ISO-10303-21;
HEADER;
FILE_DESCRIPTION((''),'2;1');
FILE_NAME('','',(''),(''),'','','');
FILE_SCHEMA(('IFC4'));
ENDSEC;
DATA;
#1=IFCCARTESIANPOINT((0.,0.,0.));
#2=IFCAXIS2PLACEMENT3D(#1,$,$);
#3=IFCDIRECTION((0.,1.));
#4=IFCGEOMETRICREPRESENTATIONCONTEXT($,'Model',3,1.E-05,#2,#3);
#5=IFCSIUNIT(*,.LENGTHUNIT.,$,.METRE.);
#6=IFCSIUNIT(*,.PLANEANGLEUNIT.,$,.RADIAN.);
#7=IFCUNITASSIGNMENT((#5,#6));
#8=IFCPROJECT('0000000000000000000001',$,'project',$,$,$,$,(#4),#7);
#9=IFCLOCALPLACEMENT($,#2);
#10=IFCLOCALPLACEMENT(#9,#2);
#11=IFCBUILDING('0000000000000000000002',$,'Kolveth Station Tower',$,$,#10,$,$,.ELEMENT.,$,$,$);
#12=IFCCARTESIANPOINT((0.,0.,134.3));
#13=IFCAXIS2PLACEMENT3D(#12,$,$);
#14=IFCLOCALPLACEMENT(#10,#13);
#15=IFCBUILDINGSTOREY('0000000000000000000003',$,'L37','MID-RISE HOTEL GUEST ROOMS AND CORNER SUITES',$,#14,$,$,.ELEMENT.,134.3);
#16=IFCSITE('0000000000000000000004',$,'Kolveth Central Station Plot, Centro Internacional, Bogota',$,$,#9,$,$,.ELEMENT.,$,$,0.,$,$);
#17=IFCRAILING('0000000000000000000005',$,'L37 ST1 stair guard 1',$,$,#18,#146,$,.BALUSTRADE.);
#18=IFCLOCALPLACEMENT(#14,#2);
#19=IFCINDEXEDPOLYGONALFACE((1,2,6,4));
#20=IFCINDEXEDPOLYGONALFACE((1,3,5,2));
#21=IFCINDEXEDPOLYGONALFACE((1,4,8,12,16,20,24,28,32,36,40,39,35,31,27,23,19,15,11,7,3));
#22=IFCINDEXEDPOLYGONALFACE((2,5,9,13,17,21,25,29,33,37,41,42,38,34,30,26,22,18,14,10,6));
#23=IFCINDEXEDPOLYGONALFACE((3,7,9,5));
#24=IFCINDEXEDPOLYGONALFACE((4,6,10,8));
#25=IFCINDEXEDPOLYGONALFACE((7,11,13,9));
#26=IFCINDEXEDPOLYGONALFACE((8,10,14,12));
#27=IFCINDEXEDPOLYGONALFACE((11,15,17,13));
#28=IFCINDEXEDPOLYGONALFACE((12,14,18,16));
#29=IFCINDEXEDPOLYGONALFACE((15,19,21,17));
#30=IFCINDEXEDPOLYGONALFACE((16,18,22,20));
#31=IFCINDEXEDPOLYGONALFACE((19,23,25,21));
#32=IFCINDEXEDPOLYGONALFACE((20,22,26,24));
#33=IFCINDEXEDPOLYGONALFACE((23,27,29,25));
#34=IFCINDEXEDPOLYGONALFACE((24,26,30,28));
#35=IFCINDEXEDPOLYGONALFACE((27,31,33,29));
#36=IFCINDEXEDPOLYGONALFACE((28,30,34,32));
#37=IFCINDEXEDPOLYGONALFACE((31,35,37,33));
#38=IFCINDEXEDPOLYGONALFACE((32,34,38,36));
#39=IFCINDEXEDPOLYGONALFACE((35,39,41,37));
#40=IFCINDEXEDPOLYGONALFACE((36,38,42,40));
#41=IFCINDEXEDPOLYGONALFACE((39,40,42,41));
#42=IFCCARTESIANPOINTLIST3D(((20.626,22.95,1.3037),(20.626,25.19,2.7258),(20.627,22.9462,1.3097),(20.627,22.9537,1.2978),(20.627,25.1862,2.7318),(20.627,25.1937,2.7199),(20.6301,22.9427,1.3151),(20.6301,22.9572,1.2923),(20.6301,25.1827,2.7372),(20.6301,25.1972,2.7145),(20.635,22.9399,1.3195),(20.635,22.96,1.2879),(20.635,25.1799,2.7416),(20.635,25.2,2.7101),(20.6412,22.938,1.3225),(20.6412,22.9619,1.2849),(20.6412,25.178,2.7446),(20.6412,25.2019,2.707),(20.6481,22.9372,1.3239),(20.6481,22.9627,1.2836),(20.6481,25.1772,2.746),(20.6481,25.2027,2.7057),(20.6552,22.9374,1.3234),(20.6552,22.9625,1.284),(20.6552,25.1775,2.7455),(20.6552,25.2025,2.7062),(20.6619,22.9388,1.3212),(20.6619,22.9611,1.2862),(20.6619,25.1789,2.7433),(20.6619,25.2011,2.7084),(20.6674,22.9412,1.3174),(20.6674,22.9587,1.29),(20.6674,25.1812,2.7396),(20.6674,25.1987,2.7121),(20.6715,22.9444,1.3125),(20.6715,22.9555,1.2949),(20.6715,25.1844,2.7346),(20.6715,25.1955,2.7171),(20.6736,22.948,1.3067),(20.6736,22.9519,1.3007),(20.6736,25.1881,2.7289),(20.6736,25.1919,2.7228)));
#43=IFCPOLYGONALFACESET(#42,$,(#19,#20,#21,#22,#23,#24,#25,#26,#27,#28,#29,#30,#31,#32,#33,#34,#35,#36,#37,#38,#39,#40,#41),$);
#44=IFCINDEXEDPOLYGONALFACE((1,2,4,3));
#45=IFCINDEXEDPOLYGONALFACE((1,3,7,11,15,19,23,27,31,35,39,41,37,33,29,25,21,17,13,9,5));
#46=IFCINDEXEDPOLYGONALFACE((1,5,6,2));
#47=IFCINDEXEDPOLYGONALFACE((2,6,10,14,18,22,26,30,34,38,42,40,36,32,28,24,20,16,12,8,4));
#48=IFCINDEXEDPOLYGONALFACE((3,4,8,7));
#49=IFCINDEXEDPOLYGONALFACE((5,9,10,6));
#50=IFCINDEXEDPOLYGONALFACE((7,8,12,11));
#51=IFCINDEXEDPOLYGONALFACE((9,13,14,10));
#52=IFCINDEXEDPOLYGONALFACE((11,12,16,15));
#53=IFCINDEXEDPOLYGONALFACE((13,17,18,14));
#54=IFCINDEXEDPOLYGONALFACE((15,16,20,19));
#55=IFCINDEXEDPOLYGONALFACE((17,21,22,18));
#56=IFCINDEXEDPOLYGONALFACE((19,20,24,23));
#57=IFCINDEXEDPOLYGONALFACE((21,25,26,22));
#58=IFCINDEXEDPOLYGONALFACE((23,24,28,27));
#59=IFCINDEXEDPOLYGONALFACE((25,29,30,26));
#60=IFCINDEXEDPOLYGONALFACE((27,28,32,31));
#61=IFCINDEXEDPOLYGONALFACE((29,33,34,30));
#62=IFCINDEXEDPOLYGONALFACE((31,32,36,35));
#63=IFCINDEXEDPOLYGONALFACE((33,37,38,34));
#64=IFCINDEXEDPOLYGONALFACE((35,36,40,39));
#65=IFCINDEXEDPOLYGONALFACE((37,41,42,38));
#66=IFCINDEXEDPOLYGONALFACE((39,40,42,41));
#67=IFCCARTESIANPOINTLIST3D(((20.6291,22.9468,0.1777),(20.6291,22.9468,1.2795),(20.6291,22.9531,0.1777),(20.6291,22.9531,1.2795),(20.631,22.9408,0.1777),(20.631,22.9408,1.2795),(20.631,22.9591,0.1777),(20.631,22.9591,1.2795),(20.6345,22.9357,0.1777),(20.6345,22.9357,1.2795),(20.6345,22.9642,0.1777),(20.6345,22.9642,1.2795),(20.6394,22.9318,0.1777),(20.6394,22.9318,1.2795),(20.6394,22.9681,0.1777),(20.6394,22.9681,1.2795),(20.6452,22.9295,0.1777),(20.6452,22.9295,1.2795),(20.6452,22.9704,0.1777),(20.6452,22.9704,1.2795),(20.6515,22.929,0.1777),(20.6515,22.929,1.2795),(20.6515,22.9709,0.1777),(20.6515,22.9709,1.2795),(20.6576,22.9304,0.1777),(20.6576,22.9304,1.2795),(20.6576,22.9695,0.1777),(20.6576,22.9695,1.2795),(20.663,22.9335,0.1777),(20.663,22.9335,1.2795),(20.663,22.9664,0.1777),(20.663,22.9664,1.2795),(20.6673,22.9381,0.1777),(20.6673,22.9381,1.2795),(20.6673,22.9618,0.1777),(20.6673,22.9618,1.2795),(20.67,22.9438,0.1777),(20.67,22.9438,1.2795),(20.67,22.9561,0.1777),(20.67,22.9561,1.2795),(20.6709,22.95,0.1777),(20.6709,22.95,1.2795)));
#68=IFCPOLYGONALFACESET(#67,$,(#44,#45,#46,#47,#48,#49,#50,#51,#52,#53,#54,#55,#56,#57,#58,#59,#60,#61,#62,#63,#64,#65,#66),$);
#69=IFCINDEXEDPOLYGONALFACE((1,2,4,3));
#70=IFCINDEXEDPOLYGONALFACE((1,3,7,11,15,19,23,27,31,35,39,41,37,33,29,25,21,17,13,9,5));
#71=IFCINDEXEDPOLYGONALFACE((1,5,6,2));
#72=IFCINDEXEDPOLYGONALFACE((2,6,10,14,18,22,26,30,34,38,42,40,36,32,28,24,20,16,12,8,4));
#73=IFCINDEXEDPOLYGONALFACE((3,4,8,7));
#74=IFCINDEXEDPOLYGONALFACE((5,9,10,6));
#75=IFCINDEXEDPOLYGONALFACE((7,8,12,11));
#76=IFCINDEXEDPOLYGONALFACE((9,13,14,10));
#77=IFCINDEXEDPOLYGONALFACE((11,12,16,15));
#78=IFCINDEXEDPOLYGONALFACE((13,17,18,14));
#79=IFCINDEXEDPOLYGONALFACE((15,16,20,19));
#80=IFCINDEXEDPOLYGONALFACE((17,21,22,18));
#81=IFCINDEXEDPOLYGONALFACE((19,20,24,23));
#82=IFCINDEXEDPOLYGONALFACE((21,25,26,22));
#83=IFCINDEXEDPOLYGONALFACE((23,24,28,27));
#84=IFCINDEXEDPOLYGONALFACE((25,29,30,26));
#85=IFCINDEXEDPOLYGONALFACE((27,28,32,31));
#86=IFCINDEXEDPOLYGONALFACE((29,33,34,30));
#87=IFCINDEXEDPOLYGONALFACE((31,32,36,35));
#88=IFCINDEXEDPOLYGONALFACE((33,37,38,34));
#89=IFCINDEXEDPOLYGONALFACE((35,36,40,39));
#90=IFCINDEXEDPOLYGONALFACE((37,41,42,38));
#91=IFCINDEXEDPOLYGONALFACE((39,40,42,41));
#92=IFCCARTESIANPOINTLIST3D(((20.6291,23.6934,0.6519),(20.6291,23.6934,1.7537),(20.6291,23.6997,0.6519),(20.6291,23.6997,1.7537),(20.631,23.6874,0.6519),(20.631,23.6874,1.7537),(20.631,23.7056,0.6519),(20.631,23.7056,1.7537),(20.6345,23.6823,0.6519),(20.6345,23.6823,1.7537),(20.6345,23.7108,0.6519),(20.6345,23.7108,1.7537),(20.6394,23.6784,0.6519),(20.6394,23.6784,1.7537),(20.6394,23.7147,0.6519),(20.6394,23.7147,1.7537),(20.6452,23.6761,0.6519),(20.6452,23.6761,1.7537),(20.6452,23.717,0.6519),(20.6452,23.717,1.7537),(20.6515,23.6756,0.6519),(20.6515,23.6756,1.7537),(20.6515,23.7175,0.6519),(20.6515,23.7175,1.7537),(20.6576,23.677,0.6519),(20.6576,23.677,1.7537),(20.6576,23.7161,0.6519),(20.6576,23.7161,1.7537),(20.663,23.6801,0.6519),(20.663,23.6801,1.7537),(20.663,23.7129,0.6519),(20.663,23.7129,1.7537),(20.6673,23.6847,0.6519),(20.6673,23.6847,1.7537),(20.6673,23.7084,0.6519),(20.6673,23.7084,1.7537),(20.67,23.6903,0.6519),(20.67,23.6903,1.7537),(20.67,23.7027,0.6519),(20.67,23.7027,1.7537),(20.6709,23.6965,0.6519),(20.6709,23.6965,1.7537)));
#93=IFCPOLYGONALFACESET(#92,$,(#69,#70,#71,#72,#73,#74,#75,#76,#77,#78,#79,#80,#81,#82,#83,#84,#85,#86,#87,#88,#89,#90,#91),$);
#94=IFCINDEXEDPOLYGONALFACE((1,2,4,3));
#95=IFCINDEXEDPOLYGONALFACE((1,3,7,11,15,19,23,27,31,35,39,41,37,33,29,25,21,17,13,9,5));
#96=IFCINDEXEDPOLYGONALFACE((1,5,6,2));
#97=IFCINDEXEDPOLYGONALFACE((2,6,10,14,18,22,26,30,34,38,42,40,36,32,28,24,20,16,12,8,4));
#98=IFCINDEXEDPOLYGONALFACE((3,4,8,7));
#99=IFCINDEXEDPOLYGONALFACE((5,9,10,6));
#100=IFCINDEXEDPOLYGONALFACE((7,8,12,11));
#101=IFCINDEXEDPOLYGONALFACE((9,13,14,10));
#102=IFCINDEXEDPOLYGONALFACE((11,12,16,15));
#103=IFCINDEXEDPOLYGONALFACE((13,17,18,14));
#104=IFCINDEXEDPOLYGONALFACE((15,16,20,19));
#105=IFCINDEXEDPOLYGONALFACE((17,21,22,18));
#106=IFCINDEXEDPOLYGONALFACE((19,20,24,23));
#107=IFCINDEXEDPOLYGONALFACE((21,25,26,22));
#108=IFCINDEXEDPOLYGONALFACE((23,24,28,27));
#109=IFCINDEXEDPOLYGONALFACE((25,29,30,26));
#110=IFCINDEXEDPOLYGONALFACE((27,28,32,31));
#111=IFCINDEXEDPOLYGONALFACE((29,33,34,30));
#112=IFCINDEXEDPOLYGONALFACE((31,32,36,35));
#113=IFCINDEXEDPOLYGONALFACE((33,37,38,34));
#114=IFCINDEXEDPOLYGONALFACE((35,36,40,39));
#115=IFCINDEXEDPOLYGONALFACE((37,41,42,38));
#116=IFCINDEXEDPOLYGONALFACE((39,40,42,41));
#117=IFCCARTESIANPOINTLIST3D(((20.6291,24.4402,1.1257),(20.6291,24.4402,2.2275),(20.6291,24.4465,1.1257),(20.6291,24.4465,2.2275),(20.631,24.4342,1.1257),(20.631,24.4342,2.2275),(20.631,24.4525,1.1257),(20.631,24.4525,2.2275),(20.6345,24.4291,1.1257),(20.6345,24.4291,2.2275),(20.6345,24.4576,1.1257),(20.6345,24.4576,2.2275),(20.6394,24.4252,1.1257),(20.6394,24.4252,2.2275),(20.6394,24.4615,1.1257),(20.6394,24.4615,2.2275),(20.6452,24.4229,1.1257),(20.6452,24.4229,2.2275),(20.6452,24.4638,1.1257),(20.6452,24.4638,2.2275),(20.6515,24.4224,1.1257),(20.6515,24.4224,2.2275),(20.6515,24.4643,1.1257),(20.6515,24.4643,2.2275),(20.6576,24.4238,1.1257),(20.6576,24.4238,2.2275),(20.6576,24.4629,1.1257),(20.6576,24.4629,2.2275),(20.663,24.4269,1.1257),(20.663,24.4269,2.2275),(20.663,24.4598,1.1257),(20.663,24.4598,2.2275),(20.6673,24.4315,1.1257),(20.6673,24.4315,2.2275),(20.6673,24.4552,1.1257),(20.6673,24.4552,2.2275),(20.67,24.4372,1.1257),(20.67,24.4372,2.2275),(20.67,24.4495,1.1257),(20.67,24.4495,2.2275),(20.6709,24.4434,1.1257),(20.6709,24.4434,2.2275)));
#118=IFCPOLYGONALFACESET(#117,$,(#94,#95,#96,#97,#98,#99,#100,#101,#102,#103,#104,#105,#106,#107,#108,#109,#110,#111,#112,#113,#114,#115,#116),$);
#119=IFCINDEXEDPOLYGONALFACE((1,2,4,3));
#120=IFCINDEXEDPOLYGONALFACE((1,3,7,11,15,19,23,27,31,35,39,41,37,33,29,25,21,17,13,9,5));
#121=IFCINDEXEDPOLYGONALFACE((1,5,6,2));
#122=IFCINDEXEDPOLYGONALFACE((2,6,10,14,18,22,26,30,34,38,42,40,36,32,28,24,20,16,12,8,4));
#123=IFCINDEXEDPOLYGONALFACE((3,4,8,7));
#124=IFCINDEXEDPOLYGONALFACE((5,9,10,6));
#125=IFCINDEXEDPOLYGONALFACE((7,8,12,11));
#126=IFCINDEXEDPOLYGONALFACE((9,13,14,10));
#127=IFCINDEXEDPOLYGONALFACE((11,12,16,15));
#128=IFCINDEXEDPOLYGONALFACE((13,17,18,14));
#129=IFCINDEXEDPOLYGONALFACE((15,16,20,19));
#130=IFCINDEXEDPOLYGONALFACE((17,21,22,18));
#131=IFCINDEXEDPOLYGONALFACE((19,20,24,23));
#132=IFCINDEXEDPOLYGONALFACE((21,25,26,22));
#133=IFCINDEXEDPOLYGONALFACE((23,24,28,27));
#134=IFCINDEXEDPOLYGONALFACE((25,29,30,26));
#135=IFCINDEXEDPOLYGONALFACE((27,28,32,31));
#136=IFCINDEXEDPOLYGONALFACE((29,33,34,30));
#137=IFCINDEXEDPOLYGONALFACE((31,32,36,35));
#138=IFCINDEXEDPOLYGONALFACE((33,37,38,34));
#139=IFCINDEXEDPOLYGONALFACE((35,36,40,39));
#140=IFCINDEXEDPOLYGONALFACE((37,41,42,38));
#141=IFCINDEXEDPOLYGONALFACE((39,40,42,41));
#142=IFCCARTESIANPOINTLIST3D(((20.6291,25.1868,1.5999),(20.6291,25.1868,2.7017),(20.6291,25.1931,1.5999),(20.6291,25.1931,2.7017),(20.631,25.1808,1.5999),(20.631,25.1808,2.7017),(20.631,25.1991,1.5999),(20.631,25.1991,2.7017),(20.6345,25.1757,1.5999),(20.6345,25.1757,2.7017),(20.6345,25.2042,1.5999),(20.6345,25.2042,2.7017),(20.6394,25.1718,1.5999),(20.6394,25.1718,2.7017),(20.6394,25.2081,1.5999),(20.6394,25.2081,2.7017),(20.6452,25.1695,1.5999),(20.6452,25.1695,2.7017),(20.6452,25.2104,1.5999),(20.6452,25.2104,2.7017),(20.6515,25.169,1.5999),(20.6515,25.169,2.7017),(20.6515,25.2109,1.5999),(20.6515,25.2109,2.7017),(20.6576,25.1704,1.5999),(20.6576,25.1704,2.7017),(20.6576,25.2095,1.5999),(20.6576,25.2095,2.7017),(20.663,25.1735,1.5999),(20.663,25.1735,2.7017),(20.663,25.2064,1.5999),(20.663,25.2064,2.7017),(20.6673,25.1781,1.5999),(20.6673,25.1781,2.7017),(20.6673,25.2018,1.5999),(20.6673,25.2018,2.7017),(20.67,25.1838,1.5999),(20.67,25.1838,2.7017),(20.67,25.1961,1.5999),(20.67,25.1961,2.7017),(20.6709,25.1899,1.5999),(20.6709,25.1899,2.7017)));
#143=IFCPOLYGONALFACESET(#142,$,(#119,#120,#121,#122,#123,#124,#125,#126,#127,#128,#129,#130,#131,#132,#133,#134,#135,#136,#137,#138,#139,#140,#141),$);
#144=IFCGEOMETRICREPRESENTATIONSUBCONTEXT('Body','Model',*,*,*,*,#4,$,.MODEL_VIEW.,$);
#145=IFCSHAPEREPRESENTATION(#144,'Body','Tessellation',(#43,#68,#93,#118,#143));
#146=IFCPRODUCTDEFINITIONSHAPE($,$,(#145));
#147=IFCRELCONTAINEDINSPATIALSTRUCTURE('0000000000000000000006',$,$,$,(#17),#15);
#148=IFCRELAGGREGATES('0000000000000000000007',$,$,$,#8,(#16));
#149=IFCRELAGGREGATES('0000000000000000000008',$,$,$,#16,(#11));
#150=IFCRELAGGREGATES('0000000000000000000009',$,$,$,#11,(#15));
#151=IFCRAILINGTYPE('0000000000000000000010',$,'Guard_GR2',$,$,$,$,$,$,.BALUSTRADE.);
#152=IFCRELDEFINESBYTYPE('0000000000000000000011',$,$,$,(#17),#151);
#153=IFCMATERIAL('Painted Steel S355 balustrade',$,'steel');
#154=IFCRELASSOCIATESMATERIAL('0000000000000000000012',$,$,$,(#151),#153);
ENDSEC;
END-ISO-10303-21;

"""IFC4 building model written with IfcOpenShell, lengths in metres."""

from ifc_helpers import new_model, si_unit, direction, frame, origin, origin_2d, place, context, subcontext, project, spatial, circle, extrude, material, type_object, element, save


model = new_model("IFC4")

# Units and contexts
model_context = context("Model", 3, precision=1e-05, world=origin(), true_north=direction((0.0, 1.0)))
body_context = subcontext(model_context, "Body", "Model", "MODEL_VIEW")
ifc_project = project(units=[si_unit("LENGTHUNIT", "METRE"), si_unit("PLANEANGLEUNIT", "RADIAN")], contexts=[model_context])

# Site, building, storey
site_placement = place(None, origin())
site = spatial("IfcSite", under=ifc_project, at=site_placement, Name="Kolveth Central Station Plot, Centro Internacional, Bogota", CompositionType="ELEMENT", RefElevation=0.0)
building_placement = place(site_placement, origin())
building = spatial("IfcBuilding", under=site, at=building_placement, Name="Kolveth Station Tower", CompositionType="ELEMENT")
storey_placement = place(building_placement, frame((0.0, 0.0, 134.3)))
storey = spatial("IfcBuildingStorey", under=building, at=storey_placement, Name="L37", Description="MID-RISE HOTEL GUEST ROOMS AND CORNER SUITES", CompositionType="ELEMENT", Elevation=134.3)

# Railing
ifc_material_1 = material(Name="Painted Steel S355 balustrade", Category="steel")
railing_type_1 = type_object("IfcRailingType", Name="Guard_GR2", PredefinedType="BALUSTRADE", material=ifc_material_1)
railing_1_placement = place(storey_placement, frame((20.6499, 22.95, 0.1777)))
element("IfcRailing", 1, at=railing_1_placement, inside=storey, type_object=railing_type_1, Name="L37 ST1 stair guard 1", PredefinedType="BALUSTRADE", context=body_context, shape_type="SweptSolid", body=[
    extrude(circle(Radius=0.0239, at=origin_2d()), frame((0.0, 0.0, 1.126), z_axis=(0.0, 0.844229, 0.535982), x_axis=(-1.0, 0.0, 0.0)), (0.0, 0.0, 1.0), 2.6533),
    extrude(circle(Radius=0.021, at=origin_2d()), origin(), (0.0, 0.0, 1.0), 1.1018),
    extrude(circle(Radius=0.021, at=origin_2d()), frame((0.0, 0.7466, 0.4741)), (0.0, 0.0, 1.0), 1.1018),
    extrude(circle(Radius=0.021, at=origin_2d()), frame((0.0, 1.4934, 0.948)), (0.0, 0.0, 1.0), 1.1018),
    extrude(circle(Radius=0.021, at=origin_2d()), frame((0.0, 2.24, 1.4221)), (0.0, 0.0, 1.0), 1.1018),
])

save(model, "model.ifc")
